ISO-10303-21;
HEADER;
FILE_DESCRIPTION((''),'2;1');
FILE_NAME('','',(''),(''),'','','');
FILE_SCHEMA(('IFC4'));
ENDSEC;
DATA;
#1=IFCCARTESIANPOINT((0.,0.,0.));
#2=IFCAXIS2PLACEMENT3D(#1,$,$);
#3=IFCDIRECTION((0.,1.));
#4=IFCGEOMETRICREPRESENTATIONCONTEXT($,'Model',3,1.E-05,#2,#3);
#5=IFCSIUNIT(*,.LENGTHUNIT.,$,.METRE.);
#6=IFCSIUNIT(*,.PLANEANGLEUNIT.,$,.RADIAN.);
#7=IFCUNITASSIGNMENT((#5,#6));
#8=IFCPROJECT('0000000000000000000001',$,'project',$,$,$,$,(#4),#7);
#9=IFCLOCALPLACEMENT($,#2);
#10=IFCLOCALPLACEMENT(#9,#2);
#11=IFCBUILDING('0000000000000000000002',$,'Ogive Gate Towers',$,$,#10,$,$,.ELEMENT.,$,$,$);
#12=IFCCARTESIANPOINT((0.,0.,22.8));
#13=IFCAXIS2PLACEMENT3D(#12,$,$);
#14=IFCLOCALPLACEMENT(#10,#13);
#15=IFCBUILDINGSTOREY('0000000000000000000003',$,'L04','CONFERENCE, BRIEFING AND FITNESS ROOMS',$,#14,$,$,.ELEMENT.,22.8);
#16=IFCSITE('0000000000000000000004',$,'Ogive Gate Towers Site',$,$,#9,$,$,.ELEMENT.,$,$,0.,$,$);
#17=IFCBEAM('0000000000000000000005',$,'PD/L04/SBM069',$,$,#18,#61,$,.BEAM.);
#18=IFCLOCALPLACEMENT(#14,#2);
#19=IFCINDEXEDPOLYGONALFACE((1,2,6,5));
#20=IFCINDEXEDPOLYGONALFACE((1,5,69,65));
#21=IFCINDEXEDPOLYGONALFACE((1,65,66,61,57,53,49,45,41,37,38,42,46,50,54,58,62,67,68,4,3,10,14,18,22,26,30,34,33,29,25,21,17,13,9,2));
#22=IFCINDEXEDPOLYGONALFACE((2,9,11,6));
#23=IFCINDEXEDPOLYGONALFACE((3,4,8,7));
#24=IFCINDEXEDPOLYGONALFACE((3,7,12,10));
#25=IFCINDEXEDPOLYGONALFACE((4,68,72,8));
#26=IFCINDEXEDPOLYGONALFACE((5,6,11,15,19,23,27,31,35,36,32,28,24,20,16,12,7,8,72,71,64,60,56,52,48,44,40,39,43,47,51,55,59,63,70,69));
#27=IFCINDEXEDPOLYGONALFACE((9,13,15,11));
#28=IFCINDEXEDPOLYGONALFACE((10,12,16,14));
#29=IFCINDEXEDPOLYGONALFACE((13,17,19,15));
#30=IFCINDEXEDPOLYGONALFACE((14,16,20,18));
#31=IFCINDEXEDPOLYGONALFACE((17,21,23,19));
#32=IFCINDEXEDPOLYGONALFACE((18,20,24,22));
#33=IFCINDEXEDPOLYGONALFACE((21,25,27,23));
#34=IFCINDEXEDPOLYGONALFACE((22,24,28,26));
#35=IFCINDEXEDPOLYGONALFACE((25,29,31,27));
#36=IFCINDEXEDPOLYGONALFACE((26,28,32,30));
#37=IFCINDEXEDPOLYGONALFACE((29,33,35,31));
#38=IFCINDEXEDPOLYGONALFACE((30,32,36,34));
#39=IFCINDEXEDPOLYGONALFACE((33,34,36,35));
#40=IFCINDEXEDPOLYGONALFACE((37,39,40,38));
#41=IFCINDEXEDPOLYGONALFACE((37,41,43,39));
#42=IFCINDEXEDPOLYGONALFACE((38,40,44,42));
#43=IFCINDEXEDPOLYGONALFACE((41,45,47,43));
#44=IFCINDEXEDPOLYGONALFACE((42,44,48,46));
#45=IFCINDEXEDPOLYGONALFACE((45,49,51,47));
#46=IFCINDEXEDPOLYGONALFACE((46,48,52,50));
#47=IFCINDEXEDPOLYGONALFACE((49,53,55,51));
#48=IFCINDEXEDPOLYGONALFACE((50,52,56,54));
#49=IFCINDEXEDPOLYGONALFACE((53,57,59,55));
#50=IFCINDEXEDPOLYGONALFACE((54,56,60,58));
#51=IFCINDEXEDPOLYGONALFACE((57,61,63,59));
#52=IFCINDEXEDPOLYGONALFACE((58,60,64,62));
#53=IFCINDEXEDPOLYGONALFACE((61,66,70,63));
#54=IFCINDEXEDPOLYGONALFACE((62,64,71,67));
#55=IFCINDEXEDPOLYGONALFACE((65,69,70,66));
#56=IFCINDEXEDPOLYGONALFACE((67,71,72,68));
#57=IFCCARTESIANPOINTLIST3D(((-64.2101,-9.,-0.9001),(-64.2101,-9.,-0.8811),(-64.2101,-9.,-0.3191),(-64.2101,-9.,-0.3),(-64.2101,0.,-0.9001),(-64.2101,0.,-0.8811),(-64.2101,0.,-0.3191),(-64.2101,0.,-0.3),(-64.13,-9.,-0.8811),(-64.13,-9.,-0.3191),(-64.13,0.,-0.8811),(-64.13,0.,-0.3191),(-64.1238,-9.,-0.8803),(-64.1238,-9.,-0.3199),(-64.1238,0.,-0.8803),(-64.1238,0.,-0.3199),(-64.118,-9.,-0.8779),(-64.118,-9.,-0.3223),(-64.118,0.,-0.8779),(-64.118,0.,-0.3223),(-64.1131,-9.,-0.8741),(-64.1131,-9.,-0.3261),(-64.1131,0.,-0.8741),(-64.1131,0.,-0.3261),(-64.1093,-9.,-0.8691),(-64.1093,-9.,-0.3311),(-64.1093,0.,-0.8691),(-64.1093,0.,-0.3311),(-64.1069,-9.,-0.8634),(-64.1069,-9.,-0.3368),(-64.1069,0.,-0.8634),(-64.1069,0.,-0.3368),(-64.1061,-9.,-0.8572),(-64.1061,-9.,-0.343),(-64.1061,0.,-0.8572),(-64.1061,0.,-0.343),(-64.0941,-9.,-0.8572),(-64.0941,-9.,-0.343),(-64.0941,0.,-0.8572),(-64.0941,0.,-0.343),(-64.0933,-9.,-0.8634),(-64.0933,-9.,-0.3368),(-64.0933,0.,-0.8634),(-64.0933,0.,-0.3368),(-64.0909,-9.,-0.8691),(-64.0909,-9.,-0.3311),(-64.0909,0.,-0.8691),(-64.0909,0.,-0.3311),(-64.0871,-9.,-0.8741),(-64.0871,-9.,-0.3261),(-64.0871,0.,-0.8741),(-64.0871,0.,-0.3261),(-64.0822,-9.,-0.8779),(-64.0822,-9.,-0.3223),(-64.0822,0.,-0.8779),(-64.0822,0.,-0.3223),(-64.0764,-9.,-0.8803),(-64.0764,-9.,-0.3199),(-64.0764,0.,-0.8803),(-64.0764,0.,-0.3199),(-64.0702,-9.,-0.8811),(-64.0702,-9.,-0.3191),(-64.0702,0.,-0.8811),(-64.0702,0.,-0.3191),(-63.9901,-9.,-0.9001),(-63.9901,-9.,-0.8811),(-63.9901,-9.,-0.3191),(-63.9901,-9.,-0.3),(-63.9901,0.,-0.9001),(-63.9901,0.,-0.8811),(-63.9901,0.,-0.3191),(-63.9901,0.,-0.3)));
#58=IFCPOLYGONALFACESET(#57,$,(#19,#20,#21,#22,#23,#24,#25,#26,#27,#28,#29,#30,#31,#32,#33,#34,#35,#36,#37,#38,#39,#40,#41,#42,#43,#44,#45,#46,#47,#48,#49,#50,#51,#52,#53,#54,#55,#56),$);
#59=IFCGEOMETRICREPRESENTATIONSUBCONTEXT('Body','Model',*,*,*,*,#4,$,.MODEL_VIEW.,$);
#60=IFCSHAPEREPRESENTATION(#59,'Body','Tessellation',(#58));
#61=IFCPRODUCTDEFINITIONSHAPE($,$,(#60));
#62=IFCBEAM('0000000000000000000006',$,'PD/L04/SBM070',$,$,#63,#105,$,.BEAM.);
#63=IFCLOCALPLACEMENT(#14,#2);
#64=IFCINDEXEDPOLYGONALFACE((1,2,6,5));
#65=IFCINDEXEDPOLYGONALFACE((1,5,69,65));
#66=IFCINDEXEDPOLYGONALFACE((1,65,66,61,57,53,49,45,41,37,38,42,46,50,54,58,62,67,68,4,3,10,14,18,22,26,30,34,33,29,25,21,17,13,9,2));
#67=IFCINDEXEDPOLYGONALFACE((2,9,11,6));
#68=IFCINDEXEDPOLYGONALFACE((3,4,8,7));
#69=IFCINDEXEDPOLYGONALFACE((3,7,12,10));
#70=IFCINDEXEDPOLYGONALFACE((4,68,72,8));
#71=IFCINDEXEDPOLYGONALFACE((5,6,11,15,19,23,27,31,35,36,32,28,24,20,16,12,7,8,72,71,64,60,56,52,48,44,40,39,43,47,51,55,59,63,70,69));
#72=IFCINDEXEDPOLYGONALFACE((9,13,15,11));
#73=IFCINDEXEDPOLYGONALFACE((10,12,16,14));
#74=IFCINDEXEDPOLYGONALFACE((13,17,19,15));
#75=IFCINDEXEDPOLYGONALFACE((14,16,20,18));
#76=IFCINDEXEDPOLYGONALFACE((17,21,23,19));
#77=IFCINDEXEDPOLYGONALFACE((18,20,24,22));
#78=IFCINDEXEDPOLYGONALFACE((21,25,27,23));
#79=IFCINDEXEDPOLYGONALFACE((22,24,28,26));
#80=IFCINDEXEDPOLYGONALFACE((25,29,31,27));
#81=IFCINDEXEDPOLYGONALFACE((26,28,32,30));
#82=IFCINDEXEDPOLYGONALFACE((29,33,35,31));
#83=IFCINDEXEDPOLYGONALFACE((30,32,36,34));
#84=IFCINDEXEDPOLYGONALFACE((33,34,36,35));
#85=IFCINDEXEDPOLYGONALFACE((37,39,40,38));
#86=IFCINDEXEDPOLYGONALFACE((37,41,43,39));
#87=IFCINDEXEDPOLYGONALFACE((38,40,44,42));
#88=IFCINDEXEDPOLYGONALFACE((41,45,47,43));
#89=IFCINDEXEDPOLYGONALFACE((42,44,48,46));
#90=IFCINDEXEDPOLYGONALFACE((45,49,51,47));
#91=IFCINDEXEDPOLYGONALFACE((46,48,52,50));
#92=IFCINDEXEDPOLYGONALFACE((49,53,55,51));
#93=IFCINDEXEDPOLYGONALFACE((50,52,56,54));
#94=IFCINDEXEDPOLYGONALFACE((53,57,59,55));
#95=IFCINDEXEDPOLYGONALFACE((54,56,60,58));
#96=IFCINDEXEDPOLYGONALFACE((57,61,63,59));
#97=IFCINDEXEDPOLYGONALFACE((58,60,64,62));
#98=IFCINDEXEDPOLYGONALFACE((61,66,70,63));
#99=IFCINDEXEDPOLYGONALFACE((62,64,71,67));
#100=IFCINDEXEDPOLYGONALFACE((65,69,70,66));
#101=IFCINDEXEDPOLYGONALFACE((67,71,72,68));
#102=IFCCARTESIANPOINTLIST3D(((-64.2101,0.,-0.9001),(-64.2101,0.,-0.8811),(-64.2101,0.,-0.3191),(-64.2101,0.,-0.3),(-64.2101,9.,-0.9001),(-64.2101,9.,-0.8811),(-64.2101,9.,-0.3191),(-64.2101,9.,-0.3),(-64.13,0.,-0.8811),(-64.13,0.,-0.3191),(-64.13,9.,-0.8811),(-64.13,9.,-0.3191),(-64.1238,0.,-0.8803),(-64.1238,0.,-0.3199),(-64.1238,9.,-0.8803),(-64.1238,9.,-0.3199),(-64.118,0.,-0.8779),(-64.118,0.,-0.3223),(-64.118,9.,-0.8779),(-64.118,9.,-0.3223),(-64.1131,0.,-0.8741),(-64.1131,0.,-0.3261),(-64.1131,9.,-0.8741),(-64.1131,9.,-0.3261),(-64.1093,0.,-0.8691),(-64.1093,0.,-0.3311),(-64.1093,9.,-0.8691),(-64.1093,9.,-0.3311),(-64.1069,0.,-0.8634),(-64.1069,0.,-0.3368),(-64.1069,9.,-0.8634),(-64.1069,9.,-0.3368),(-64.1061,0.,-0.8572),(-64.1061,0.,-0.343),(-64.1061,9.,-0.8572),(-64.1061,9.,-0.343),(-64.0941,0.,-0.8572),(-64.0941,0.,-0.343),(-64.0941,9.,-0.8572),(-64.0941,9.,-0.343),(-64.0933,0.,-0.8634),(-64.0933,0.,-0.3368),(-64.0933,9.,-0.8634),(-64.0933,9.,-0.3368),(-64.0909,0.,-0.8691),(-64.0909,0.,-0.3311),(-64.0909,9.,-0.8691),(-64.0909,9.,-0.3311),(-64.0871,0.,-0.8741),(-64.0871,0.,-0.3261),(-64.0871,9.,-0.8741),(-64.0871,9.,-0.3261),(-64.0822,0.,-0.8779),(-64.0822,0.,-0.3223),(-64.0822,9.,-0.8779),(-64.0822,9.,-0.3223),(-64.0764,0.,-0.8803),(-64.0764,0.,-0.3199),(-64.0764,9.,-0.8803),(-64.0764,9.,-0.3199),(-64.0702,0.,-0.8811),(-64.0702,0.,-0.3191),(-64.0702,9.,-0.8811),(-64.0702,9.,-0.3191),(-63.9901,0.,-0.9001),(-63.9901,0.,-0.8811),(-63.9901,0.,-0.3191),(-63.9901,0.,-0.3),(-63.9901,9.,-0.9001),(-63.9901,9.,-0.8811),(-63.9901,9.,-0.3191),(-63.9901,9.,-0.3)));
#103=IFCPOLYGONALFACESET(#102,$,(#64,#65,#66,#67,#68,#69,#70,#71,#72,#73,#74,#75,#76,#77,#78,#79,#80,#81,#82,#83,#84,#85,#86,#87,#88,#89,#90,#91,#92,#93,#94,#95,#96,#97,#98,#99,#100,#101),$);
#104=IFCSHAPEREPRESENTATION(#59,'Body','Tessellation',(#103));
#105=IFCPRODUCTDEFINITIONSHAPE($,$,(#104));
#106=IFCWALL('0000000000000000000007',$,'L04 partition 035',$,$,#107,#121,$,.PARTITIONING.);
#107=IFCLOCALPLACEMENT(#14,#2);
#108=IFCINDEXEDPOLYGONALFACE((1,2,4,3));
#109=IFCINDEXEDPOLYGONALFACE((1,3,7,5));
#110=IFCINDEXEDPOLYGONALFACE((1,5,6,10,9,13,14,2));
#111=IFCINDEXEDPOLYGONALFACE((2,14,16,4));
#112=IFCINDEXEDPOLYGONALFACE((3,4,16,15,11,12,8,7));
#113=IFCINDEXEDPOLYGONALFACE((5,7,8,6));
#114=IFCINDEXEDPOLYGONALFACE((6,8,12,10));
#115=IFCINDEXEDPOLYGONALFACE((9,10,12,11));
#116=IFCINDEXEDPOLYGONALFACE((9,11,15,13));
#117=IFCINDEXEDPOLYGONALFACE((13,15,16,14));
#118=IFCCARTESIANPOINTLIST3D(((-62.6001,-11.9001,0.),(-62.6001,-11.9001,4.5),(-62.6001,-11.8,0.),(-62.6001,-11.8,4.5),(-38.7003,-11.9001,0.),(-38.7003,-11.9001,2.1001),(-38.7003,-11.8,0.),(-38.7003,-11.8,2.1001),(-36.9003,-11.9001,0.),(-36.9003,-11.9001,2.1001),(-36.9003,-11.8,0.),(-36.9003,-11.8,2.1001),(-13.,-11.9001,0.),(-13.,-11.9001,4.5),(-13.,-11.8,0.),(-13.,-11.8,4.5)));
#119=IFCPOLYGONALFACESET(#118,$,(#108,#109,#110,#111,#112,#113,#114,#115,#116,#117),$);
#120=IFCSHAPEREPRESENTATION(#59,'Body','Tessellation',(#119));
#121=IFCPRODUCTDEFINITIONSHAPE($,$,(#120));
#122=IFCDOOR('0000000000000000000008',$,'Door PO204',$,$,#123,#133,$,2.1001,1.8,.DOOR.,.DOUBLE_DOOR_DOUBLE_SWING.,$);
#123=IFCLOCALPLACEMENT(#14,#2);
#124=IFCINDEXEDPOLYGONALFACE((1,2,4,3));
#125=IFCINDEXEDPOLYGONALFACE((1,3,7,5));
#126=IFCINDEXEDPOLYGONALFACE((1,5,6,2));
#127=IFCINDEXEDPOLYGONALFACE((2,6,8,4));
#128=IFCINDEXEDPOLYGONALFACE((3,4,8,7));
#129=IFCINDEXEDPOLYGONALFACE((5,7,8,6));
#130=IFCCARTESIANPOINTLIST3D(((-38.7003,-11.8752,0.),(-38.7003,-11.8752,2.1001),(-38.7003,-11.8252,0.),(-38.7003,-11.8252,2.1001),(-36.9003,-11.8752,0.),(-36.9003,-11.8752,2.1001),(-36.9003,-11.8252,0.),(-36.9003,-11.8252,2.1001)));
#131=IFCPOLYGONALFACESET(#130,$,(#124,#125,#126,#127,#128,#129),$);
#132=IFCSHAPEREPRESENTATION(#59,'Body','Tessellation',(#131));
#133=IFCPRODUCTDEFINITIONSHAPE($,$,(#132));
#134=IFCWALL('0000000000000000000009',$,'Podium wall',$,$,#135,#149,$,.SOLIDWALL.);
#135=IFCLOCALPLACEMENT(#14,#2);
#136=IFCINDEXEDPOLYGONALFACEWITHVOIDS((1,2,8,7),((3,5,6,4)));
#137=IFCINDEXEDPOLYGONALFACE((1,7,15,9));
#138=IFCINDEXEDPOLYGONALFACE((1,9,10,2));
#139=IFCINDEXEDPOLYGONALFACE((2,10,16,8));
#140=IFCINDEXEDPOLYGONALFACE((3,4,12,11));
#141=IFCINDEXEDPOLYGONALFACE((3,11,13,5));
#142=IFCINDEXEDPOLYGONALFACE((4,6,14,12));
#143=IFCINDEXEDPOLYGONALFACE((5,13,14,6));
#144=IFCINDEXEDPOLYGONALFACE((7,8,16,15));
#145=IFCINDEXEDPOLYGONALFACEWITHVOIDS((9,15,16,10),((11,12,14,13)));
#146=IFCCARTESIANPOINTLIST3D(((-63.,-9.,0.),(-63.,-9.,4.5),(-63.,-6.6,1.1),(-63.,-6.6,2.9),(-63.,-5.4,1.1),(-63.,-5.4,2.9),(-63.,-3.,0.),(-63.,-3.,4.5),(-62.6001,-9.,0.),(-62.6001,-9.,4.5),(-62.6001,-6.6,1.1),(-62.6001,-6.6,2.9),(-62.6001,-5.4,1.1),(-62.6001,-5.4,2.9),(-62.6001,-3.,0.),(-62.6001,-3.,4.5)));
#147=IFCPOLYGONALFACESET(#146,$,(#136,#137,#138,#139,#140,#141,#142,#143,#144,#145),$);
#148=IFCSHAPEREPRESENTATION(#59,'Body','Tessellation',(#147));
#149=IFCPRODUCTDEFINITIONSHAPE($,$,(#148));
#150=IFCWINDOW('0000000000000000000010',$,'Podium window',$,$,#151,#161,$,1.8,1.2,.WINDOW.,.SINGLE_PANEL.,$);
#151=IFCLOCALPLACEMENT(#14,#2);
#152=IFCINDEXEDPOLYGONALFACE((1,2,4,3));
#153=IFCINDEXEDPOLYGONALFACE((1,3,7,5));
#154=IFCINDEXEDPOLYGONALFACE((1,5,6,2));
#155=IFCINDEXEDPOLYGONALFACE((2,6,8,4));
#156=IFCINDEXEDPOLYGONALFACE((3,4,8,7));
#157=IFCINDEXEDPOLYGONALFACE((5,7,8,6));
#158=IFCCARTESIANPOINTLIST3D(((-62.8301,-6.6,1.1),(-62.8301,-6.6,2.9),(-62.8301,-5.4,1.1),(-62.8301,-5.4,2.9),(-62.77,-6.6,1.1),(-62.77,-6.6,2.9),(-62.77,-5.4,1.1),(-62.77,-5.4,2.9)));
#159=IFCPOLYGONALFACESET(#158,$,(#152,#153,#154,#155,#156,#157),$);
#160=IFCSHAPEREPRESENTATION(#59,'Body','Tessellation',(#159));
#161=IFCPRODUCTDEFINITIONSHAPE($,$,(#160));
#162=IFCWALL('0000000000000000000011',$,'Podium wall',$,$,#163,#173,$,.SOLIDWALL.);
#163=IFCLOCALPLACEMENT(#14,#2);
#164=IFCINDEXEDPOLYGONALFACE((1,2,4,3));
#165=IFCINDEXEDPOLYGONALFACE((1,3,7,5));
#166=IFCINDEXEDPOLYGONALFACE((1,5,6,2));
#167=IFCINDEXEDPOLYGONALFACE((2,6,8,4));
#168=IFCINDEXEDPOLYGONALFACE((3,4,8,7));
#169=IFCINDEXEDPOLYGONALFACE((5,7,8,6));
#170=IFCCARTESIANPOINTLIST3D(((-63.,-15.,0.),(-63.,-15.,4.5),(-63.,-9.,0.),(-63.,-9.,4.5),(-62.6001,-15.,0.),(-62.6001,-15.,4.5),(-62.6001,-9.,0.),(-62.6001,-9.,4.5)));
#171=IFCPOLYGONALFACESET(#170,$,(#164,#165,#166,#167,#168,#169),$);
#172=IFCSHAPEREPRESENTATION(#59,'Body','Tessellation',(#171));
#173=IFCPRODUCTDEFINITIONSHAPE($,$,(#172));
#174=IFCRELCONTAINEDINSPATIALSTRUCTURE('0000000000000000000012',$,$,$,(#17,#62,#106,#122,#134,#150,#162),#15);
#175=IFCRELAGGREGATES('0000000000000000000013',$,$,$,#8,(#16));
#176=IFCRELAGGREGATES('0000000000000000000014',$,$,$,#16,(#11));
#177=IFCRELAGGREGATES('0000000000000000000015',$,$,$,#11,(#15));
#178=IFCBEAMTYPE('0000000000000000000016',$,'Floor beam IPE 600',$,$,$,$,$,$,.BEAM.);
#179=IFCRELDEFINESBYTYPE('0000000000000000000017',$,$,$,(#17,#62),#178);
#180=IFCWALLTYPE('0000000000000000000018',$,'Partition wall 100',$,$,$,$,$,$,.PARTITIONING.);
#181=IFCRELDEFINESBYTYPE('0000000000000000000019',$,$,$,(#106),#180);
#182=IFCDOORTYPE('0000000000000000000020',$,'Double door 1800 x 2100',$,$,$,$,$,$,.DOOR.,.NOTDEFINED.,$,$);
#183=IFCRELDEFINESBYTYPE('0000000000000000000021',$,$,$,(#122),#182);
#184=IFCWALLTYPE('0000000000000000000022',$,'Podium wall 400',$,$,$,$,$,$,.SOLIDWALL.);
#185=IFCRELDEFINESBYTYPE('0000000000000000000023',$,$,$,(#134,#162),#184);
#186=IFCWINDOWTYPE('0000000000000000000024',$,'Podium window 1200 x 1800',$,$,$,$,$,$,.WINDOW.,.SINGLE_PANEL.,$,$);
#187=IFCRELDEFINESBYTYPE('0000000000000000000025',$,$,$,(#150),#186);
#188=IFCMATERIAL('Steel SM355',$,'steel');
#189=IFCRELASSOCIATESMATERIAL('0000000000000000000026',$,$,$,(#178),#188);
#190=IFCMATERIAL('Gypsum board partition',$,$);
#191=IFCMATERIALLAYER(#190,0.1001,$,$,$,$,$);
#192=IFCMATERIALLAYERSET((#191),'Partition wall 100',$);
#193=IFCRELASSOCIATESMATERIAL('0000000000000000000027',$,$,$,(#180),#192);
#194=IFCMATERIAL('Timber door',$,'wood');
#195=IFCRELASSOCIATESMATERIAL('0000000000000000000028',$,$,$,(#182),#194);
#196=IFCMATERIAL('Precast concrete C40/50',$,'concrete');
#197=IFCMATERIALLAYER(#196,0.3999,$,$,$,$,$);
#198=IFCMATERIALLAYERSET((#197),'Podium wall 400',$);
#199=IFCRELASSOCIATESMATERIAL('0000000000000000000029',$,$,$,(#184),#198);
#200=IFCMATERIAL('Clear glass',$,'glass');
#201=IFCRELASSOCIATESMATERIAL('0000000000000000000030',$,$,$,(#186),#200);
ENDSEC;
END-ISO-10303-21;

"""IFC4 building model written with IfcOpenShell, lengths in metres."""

from ifc_helpers import new_model, si_unit, direction, frame, frame_2d, origin, origin_2d, place, context, subcontext, project, spatial, rectangle, i_section, extrude, material, layer, layer_set, material_profile, profile_set, type_object, element, fill, save


model = new_model("IFC4")

# Units and contexts
model_context = context("Model", 3, precision=1e-05, world=origin(), true_north=direction((0.0, 1.0)))
body_context = subcontext(model_context, "Body", "Model", "MODEL_VIEW")
ifc_project = project(units=[si_unit("LENGTHUNIT", "METRE"), si_unit("PLANEANGLEUNIT", "RADIAN")], contexts=[model_context])

# Site, building, storey
site_placement = place(None, origin())
site = spatial("IfcSite", under=ifc_project, at=site_placement, Name="Ogive Gate Towers Site", CompositionType="ELEMENT", RefElevation=0.0)
building_placement = place(site_placement, origin())
building = spatial("IfcBuilding", under=site, at=building_placement, Name="Ogive Gate Towers", CompositionType="ELEMENT")
storey_placement = place(building_placement, frame((0.0, 0.0, 22.8)))
storey = spatial("IfcBuildingStorey", under=building, at=storey_placement, Name="L04", Description="CONFERENCE, BRIEFING AND FITNESS ROOMS", CompositionType="ELEMENT", Elevation=22.8)

# Beams
ifc_material_1 = material(Name="Steel SM355", Category="steel")
ifc_material_profile_1 = material_profile(ifc_material_1, i_section(OverallWidth=0.22, OverallDepth=0.6001, WebThickness=0.012, FlangeThickness=0.019, FilletRadius=0.0239, at=origin_2d()), Name="IPE 600")
ifc_profile_set_1 = profile_set([ifc_material_profile_1], Name="Steel SM355")
beam_type_1 = type_object("IfcBeamType", Name="Floor beam IPE 600", PredefinedType="BEAM", material=ifc_profile_set_1)
for number, where, z_axis, x_axis, name in (
    (1, (-64.1001, -9.0, -0.6001), (0.0, 1.0, 0.0), (-1.0, 0.0, 0.0), "PD/L04/SBM069"),
    (2, (-64.1001, 0.0, -0.6001), (0.0, 1.0, 0.0), (-1.0, 0.0, 0.0), "PD/L04/SBM070"),
):
    element("IfcBeam", number, at=place(storey_placement, frame(where, z_axis=z_axis, x_axis=x_axis)), inside=storey, type_object=beam_type_1, Name=name, PredefinedType="BEAM", context=body_context, shape_type="SweptSolid", body=[
        extrude(i_section(OverallWidth=0.22, OverallDepth=0.6001, WebThickness=0.012, FlangeThickness=0.019, FilletRadius=0.0239, at=origin_2d()), origin(), (0.0, 0.0, 1.0), 9.0),
    ])

# Wall, opening, door
ifc_material_2 = material(Name="Gypsum board partition")
ifc_layer_1 = layer(ifc_material_2, 0.1001)
ifc_layer_set_1 = layer_set([ifc_layer_1], Name="Partition wall 100")
wall_type_1 = type_object("IfcWallType", Name="Partition wall 100", PredefinedType="PARTITIONING", material=ifc_layer_set_1)
wall_1_placement = place(storey_placement, frame((-62.6001, -11.8501, 0.0), z_axis=(0.0, 0.0, 1.0), x_axis=(1.0, 0.0, 0.0)))
wall_1 = element("IfcWall", 3, at=wall_1_placement, inside=storey, type_object=wall_type_1, Name="L04 partition 035", PredefinedType="PARTITIONING", context=body_context, shape_type="SweptSolid", body=[
    extrude(rectangle(XDim=49.6001, YDim=0.1001, at=frame_2d((24.8, 0.0))), origin(), (0.0, 0.0, 1.0), 4.5),
])
opening_1_placement = place(wall_1_placement, frame((23.8999, 0.0, 0.0)))
opening_1 = element("IfcOpeningElement", 4, at=opening_1_placement, cuts=wall_1, PredefinedType="OPENING", context=body_context, shape_type="SweptSolid", body=[
    extrude(rectangle(XDim=1.8, YDim=2.1001, at=frame_2d((0.8999, 1.05))), frame((0.0, 0.0601, 0.0), z_axis=(0.0, -1.0, 0.0), x_axis=(1.0, 0.0, 0.0)), (0.0, 0.0, 1.0), 0.1201),
])
ifc_material_3 = material(Name="Timber door", Category="wood")
door_type = type_object("IfcDoorType", Name="Double door 1800 x 2100", OperationType="NOTDEFINED", PredefinedType="DOOR", material=ifc_material_3)
door_placement = place(opening_1_placement, origin())
door = element("IfcDoor", 5, at=door_placement, inside=storey, type_object=door_type, Name="Door PO204", OperationType="DOUBLE_DOOR_DOUBLE_SWING", OverallHeight=2.1001, OverallWidth=1.8, PredefinedType="DOOR", context=body_context, shape_type="SweptSolid", body=[
    extrude(rectangle(XDim=1.8, YDim=2.1001, at=frame_2d((0.8999, 1.05))), frame((0.0, 0.0249, 0.0), z_axis=(0.0, -1.0, 0.0), x_axis=(1.0, 0.0, 0.0)), (0.0, 0.0, 1.0), 0.05),
])
fill(opening_1, door)

# Wall, opening, window
ifc_material_4 = material(Name="Precast concrete C40/50", Category="concrete")
ifc_layer_2 = layer(ifc_material_4, 0.3999)
ifc_layer_set_2 = layer_set([ifc_layer_2], Name="Podium wall 400")
wall_type_2 = type_object("IfcWallType", Name="Podium wall 400", PredefinedType="SOLIDWALL", material=ifc_layer_set_2)
wall_2_placement = place(storey_placement, frame((-62.8, -3.0, 0.0), z_axis=(0.0, 0.0, 1.0), x_axis=(0.0, -1.0, 0.0)))
wall_2 = element("IfcWall", 6, at=wall_2_placement, inside=storey, type_object=wall_type_2, Name="Podium wall", PredefinedType="SOLIDWALL", context=body_context, shape_type="SweptSolid", body=[
    extrude(rectangle(XDim=6.0, YDim=0.3999, at=frame_2d((3.0, 0.0))), origin(), (0.0, 0.0, 1.0), 4.5),
])
opening_2_placement = place(wall_2_placement, frame((2.3999, 0.0, 1.1001)))
opening_2 = element("IfcOpeningElement", 7, at=opening_2_placement, cuts=wall_2, PredefinedType="OPENING", context=body_context, shape_type="SweptSolid", body=[
    extrude(rectangle(XDim=1.2, YDim=1.8, at=frame_2d((0.6001, 0.8999))), frame((0.0, 0.21, 0.0), z_axis=(0.0, -1.0, 0.0), x_axis=(1.0, 0.0, 0.0)), (0.0, 0.0, 1.0), 0.4199),
])
ifc_material_5 = material(Name="Clear glass", Category="glass")
window_type = type_object("IfcWindowType", Name="Podium window 1200 x 1800", PartitioningType="SINGLE_PANEL", PredefinedType="WINDOW", material=ifc_material_5)
window_1_placement = place(opening_2_placement, origin())
window_1 = element("IfcWindow", 8, at=window_1_placement, inside=storey, type_object=window_type, Name="Podium window", OverallHeight=1.8, OverallWidth=1.2, PartitioningType="SINGLE_PANEL", PredefinedType="WINDOW", context=body_context, shape_type="SweptSolid", body=[
    extrude(rectangle(XDim=1.2, YDim=1.8, at=frame_2d((0.6001, 0.8999))), frame((0.0, 0.03, 0.0), z_axis=(0.0, -1.0, 0.0), x_axis=(1.0, 0.0, 0.0)), (0.0, 0.0, 1.0), 0.0601),
])
fill(opening_2, window_1)

# Wall
wall_3_placement = place(storey_placement, frame((-62.8, -9.0, 0.0), z_axis=(0.0, 0.0, 1.0), x_axis=(0.0, -1.0, 0.0)))
element("IfcWall", 9, at=wall_3_placement, inside=storey, type_object=wall_type_2, Name="Podium wall", PredefinedType="SOLIDWALL", context=body_context, shape_type="SweptSolid", body=[
    extrude(rectangle(XDim=6.0, YDim=0.3999, at=frame_2d((3.0, 0.0))), origin(), (0.0, 0.0, 1.0), 4.5),
])

save(model, "model.ifc")
